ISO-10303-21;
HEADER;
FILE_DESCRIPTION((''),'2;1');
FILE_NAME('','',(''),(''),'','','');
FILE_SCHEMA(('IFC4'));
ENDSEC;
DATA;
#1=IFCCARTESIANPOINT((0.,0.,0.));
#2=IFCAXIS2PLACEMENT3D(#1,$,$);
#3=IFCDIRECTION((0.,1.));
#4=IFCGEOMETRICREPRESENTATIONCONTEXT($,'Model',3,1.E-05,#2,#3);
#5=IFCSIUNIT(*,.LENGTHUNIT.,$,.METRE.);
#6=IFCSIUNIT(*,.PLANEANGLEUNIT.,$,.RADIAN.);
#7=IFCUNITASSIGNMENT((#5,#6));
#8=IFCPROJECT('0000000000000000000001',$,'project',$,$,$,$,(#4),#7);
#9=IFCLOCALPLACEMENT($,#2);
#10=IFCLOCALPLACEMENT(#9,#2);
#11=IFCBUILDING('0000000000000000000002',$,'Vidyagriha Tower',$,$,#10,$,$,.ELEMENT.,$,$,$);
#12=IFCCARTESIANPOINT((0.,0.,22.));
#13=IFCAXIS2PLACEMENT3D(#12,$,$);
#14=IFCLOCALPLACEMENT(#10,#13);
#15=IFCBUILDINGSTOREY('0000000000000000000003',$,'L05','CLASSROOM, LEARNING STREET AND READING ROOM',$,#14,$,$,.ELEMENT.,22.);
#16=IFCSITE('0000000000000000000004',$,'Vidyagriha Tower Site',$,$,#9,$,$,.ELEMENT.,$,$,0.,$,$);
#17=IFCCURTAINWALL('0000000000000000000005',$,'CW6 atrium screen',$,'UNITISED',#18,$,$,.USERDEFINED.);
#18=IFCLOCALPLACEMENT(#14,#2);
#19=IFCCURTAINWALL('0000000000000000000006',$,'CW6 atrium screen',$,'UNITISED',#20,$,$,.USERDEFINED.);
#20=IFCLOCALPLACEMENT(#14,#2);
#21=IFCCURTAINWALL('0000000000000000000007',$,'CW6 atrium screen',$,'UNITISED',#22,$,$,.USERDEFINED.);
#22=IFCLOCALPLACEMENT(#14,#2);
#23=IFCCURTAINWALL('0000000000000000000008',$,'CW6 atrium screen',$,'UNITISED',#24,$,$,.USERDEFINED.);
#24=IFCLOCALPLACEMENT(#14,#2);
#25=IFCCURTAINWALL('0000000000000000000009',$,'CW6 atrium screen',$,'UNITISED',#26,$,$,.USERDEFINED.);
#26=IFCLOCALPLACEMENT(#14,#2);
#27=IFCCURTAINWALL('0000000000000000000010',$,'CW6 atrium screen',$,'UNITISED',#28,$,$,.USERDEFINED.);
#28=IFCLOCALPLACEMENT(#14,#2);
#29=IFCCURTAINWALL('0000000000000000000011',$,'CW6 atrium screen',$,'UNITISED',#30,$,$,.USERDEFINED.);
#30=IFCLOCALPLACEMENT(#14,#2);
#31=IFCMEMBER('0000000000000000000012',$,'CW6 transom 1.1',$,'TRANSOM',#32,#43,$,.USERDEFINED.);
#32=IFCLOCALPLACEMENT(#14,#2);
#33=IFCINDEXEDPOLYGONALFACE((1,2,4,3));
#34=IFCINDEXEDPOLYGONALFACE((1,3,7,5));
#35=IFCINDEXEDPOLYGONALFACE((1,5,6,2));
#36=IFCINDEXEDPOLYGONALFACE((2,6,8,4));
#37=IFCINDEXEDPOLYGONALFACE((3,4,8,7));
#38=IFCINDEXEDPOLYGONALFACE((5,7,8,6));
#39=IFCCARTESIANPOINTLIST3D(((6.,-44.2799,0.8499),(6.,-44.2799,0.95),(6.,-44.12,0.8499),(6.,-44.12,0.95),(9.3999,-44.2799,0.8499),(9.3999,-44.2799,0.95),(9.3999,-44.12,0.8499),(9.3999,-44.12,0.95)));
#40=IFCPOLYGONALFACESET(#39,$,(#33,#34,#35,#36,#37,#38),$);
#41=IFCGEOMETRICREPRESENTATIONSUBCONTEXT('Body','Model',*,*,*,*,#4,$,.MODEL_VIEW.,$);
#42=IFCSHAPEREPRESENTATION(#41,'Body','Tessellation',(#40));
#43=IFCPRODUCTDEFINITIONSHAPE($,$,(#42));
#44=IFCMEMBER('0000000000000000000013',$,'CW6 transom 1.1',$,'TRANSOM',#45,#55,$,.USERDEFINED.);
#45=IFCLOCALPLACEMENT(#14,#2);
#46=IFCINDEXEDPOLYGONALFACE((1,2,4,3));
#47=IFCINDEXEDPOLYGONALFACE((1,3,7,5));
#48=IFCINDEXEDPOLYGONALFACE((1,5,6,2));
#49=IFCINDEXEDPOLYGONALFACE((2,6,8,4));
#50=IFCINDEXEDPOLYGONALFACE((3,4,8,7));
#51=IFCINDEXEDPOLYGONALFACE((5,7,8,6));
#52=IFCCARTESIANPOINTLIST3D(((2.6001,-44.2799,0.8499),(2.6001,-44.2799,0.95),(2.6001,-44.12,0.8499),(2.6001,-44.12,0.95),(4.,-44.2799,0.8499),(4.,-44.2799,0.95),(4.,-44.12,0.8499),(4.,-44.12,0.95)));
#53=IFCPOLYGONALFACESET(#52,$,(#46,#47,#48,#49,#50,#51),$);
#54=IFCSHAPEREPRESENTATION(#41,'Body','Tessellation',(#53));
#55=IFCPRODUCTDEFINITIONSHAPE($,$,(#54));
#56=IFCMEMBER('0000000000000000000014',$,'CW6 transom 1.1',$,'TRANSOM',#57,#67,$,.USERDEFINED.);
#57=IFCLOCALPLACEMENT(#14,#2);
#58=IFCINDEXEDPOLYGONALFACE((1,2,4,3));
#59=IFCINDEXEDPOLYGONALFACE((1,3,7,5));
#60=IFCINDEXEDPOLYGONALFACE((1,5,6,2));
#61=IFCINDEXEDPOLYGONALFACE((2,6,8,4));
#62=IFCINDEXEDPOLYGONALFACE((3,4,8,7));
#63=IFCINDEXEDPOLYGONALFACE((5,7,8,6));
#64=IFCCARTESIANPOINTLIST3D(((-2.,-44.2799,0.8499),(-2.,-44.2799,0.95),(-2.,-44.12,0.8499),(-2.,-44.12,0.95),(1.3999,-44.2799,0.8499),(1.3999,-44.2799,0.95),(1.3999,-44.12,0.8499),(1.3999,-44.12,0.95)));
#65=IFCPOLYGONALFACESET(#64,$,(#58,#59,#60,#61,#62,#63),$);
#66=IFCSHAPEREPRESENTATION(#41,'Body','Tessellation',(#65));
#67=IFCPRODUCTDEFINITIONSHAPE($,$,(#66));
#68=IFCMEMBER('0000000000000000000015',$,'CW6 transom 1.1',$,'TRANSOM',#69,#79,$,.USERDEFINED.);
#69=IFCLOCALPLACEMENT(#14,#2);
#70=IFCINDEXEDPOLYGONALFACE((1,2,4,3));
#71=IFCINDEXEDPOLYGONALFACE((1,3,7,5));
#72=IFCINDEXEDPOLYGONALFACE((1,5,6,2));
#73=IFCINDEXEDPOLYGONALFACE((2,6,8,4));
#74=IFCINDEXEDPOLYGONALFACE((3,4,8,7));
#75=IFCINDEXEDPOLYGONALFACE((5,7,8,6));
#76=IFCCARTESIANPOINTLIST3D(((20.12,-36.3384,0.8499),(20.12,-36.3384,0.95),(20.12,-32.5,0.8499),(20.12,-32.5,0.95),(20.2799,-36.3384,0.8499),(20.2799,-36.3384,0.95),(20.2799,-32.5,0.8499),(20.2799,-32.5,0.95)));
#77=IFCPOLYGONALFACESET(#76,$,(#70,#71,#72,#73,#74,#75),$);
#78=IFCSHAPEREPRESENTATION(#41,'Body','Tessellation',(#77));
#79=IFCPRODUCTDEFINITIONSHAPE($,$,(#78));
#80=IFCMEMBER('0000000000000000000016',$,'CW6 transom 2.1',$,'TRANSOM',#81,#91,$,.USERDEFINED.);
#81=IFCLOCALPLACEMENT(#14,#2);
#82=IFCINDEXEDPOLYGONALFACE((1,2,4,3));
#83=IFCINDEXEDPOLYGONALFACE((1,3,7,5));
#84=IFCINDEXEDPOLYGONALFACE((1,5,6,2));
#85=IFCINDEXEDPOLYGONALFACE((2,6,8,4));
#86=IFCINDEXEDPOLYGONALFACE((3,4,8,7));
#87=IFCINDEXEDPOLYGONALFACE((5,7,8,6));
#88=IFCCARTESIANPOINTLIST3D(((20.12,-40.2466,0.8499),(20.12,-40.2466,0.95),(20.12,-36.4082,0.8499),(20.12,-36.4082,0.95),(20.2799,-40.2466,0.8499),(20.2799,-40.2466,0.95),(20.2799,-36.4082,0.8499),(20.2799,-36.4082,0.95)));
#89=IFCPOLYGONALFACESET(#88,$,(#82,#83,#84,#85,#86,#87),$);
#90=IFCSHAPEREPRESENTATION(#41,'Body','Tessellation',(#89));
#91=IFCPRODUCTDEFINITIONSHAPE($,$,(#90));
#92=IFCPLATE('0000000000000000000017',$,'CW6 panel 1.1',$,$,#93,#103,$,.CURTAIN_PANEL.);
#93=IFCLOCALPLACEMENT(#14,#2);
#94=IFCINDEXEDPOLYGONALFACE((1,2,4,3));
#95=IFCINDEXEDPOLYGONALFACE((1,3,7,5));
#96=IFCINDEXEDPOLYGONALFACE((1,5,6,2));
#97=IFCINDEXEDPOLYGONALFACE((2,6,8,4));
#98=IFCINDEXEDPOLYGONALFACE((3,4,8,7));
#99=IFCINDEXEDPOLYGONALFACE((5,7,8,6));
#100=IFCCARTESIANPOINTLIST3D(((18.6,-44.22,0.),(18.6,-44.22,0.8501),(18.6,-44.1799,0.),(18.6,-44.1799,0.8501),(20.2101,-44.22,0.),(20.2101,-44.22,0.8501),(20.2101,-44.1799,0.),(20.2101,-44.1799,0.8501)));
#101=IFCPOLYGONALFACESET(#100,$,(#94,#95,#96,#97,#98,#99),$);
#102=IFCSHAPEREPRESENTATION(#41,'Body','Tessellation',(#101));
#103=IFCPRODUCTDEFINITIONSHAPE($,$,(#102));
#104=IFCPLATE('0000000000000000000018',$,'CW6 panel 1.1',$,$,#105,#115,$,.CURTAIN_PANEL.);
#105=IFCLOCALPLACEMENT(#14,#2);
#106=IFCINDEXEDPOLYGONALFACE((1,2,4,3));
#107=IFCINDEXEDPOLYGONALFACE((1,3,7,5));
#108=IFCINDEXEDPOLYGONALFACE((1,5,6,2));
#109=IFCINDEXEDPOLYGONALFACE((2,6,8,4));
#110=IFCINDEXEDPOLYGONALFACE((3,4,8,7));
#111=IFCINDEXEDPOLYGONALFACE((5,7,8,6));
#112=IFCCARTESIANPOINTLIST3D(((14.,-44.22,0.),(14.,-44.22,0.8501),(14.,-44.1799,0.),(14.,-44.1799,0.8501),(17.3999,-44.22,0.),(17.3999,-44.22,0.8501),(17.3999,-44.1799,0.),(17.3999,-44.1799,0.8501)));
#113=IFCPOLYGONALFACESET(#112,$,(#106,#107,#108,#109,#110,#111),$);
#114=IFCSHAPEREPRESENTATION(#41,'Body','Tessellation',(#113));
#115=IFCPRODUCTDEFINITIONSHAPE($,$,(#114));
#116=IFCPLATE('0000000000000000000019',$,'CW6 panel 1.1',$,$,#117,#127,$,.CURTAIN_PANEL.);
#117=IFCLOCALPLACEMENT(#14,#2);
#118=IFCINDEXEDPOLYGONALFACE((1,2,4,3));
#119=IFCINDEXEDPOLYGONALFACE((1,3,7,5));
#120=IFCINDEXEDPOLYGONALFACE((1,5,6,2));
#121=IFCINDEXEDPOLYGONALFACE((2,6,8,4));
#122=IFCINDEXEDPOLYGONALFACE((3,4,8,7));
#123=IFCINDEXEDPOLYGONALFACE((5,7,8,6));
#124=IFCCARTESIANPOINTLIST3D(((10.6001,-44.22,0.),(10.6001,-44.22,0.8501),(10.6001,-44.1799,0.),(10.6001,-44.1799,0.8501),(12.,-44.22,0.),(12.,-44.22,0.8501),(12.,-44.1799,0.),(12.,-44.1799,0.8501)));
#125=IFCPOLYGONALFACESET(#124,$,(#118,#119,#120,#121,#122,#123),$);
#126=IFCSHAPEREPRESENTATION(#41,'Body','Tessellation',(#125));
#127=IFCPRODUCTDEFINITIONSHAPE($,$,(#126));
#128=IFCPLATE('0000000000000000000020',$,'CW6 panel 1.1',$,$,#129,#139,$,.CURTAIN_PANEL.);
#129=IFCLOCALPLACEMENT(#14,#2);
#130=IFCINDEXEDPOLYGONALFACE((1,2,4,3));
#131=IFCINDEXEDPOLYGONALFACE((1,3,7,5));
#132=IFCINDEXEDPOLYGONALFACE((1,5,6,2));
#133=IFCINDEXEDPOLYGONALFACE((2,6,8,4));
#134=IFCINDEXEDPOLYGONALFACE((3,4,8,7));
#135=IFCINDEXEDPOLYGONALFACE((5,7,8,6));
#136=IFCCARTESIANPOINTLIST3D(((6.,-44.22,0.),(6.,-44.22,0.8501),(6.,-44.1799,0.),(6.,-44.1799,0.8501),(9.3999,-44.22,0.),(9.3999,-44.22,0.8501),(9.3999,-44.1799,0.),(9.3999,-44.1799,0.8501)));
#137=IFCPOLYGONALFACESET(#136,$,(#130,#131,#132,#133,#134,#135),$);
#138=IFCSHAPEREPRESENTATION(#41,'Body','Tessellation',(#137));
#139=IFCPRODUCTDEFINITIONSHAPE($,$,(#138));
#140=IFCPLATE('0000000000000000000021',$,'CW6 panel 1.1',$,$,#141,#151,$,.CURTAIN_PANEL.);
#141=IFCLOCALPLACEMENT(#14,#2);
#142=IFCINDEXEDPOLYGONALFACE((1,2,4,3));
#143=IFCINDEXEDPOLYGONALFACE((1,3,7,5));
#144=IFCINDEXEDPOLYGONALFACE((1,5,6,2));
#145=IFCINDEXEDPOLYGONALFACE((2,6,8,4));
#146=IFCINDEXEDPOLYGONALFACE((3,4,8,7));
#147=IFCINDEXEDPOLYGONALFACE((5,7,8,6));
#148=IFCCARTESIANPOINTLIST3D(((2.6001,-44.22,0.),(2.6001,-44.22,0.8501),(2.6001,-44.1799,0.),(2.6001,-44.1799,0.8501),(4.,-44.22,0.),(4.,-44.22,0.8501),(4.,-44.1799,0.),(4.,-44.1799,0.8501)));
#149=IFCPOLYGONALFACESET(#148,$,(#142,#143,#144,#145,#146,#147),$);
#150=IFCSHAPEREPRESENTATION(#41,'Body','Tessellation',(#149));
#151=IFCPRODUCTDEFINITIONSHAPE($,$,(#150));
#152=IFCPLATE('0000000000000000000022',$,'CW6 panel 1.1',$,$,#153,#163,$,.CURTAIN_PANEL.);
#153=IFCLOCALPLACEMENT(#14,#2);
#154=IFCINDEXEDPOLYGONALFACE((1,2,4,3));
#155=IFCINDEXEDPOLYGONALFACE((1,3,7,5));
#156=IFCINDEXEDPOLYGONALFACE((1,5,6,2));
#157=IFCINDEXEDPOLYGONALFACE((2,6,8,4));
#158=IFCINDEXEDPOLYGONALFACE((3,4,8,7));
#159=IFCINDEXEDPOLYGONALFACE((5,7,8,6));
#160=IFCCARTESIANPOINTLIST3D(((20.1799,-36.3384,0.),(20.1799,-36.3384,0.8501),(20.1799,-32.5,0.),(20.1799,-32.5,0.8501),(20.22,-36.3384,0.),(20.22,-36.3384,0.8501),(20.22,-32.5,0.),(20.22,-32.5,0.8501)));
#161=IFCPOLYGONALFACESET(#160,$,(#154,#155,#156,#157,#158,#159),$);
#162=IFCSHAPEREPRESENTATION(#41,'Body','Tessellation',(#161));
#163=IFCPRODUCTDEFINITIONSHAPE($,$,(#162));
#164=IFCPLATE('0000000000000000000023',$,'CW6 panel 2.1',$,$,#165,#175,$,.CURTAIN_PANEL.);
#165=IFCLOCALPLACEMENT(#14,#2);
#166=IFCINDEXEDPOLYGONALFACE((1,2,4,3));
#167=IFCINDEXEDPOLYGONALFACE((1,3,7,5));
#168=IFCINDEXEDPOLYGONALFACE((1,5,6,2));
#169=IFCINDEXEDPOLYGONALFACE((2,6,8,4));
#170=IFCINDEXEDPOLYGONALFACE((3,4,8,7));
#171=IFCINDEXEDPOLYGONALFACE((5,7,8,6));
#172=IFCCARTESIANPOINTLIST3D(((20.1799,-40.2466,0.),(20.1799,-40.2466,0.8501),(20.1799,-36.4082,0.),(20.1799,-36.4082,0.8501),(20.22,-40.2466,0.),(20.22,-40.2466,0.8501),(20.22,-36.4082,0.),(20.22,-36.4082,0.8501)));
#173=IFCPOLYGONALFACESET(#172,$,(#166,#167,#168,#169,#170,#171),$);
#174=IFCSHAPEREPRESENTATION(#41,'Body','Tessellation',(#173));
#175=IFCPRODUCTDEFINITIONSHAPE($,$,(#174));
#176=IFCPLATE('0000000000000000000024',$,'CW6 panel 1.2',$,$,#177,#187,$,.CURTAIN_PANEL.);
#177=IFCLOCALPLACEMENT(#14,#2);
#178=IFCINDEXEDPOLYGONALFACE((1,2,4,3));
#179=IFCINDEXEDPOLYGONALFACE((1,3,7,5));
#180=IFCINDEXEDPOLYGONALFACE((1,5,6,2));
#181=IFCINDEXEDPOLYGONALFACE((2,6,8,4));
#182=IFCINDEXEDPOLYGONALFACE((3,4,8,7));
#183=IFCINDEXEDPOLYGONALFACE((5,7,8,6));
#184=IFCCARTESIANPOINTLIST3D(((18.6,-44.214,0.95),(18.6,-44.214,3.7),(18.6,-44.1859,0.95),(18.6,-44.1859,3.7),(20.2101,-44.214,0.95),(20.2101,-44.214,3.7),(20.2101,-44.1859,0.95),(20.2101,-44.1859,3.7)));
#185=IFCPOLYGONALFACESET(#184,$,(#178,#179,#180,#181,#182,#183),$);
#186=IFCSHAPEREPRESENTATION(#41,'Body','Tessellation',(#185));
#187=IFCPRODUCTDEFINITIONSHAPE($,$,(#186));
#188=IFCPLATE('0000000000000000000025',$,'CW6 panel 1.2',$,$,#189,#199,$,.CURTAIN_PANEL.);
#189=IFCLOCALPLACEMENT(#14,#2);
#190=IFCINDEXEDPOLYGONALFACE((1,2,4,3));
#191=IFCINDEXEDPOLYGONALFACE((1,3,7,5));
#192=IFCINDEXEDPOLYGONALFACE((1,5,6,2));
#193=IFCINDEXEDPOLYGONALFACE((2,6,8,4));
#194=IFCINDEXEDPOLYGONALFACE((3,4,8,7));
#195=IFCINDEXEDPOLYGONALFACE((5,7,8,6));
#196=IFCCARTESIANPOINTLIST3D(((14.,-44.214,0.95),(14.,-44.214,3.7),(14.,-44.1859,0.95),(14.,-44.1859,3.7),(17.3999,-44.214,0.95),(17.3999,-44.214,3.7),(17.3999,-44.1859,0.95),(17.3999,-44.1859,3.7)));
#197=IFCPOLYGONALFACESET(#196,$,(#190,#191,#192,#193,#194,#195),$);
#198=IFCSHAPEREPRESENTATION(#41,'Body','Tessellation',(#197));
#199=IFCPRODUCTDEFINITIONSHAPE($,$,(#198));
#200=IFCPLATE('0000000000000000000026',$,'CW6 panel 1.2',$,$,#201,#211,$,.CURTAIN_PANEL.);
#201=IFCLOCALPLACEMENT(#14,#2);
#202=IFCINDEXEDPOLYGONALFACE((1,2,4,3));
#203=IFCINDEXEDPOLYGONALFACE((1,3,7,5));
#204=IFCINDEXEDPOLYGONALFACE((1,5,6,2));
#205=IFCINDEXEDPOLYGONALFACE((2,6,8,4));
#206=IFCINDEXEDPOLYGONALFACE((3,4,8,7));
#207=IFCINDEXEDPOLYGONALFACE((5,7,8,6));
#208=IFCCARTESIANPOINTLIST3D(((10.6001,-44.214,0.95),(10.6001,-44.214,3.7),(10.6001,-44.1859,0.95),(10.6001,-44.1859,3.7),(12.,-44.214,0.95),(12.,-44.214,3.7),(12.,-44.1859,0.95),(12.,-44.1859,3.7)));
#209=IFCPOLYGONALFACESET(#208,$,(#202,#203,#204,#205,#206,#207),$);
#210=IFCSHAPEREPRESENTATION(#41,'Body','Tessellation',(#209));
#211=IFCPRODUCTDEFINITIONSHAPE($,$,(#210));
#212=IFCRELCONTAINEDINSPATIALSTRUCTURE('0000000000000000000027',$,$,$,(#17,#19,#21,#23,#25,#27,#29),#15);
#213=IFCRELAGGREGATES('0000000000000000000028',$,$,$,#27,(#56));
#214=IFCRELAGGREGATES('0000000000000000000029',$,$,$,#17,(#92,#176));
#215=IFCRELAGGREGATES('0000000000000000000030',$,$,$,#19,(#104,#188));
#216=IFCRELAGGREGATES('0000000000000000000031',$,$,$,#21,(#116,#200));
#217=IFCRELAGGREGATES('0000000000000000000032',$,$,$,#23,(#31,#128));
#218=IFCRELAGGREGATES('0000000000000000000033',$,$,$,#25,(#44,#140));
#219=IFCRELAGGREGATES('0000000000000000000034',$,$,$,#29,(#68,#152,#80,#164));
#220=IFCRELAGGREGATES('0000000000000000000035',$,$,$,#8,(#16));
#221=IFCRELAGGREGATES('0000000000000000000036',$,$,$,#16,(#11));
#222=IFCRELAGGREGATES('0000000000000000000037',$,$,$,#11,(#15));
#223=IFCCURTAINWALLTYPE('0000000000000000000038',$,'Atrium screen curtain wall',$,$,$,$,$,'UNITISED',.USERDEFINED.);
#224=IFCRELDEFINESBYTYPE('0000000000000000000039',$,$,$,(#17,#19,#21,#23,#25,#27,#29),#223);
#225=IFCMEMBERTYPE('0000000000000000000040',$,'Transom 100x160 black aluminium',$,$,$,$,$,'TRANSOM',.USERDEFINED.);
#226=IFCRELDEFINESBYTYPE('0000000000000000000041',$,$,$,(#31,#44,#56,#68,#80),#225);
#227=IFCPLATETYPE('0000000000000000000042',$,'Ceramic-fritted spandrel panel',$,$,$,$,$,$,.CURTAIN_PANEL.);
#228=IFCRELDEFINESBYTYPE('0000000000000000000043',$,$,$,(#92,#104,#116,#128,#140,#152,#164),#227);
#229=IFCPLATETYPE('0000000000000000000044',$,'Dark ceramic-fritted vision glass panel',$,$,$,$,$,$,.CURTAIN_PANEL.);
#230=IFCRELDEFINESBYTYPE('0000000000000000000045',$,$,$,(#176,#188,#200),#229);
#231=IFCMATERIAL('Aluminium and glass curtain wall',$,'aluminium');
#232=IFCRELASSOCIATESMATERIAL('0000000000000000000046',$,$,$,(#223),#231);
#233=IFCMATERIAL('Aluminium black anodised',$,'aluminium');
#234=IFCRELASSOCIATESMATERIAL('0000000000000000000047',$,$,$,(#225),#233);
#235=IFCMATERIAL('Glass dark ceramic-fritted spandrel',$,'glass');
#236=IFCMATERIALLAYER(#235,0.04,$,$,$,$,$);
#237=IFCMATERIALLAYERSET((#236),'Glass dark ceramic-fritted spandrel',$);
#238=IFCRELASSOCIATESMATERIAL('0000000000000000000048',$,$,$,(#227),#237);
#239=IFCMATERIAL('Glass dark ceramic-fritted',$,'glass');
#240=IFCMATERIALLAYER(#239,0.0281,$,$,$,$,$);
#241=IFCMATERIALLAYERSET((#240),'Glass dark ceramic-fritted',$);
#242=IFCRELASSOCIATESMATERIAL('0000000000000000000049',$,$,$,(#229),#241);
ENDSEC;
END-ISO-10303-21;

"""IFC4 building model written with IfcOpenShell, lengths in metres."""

from ifc_helpers import new_model, si_unit, direction, frame, origin, origin_2d, place, context, subcontext, project, spatial, rectangle, extrude, material, layer, layer_set, material_profile, profile_set, type_object, element, aggregate, save


model = new_model("IFC4")

# Units and contexts
model_context = context("Model", 3, precision=1e-05, world=origin(), true_north=direction((0.0, 1.0)))
body_context = subcontext(model_context, "Body", "Model", "MODEL_VIEW")
ifc_project = project(units=[si_unit("LENGTHUNIT", "METRE"), si_unit("PLANEANGLEUNIT", "RADIAN")], contexts=[model_context])

# Site, building, storey
site_placement = place(None, origin())
site = spatial("IfcSite", under=ifc_project, at=site_placement, Name="Vidyagriha Tower Site", CompositionType="ELEMENT", RefElevation=0.0)
building_placement = place(site_placement, origin())
building = spatial("IfcBuilding", under=site, at=building_placement, Name="Vidyagriha Tower", CompositionType="ELEMENT")
storey_placement = place(building_placement, frame((0.0, 0.0, 22.0)))
storey = spatial("IfcBuildingStorey", under=building, at=storey_placement, Name="L05", Description="CLASSROOM, LEARNING STREET AND READING ROOM", CompositionType="ELEMENT", Elevation=22.0)

# Curtain walls
ifc_material_1 = material(Name="Aluminium and glass curtain wall", Category="aluminium")
curtain_wall_type = type_object("IfcCurtainWallType", Name="Atrium screen curtain wall", ElementType="UNITISED", PredefinedType="USERDEFINED", material=ifc_material_1)
curtain_wall_1_placement = place(storey_placement, origin())
curtain_wall_1 = element("IfcCurtainWall", 1, at=curtain_wall_1_placement, inside=storey, type_object=curtain_wall_type, Name="CW6 atrium screen", ObjectType="UNITISED", PredefinedType="USERDEFINED")
curtain_wall_2_placement = place(storey_placement, origin())
curtain_wall_2 = element("IfcCurtainWall", 2, at=curtain_wall_2_placement, inside=storey, type_object=curtain_wall_type, Name="CW6 atrium screen", ObjectType="UNITISED", PredefinedType="USERDEFINED")
curtain_wall_3_placement = place(storey_placement, origin())
curtain_wall_3 = element("IfcCurtainWall", 3, at=curtain_wall_3_placement, inside=storey, type_object=curtain_wall_type, Name="CW6 atrium screen", ObjectType="UNITISED", PredefinedType="USERDEFINED")
curtain_wall_4_placement = place(storey_placement, origin())
curtain_wall_4 = element("IfcCurtainWall", 4, at=curtain_wall_4_placement, inside=storey, type_object=curtain_wall_type, Name="CW6 atrium screen", ObjectType="UNITISED", PredefinedType="USERDEFINED")
curtain_wall_5_placement = place(storey_placement, origin())
curtain_wall_5 = element("IfcCurtainWall", 5, at=curtain_wall_5_placement, inside=storey, type_object=curtain_wall_type, Name="CW6 atrium screen", ObjectType="UNITISED", PredefinedType="USERDEFINED")
curtain_wall_6_placement = place(storey_placement, origin())
curtain_wall_6 = element("IfcCurtainWall", 6, at=curtain_wall_6_placement, inside=storey, type_object=curtain_wall_type, Name="CW6 atrium screen", ObjectType="UNITISED", PredefinedType="USERDEFINED")
curtain_wall_7_placement = place(storey_placement, origin())
curtain_wall_7 = element("IfcCurtainWall", 7, at=curtain_wall_7_placement, inside=storey, type_object=curtain_wall_type, Name="CW6 atrium screen", ObjectType="UNITISED", PredefinedType="USERDEFINED")

# Members
ifc_material_2 = material(Name="Aluminium black anodised", Category="aluminium")
ifc_material_profile_1 = material_profile(ifc_material_2, rectangle(XDim=0.1599, YDim=0.1001, at=origin_2d()), Name="Transom 100x160 black aluminium")
ifc_profile_set_1 = profile_set([ifc_material_profile_1], Name="Aluminium black anodised")
member_type_1 = type_object("IfcMemberType", Name="Transom 100x160 black aluminium", ElementType="TRANSOM", PredefinedType="USERDEFINED", material=ifc_profile_set_1)
member_1_placement = place(storey_placement, frame((9.3999, -44.2, 0.8999), z_axis=(-1.0, 0.0, 0.0), x_axis=(0.0, -1.0, 0.0)))
member_1 = element("IfcMember", 8, at=member_1_placement, type_object=member_type_1, Name="CW6 transom 1.1", ObjectType="TRANSOM", PredefinedType="USERDEFINED", context=body_context, shape_type="SweptSolid", body=[
    extrude(rectangle(XDim=0.1599, YDim=0.1001, at=origin_2d()), origin(), (0.0, 0.0, 1.0), 3.3999),
])
member_2_placement = place(storey_placement, frame((4.0, -44.2, 0.8999), z_axis=(-1.0, 0.0, 0.0), x_axis=(0.0, -1.0, 0.0)))
member_2 = element("IfcMember", 9, at=member_2_placement, type_object=member_type_1, Name="CW6 transom 1.1", ObjectType="TRANSOM", PredefinedType="USERDEFINED", context=body_context, shape_type="SweptSolid", body=[
    extrude(rectangle(XDim=0.1599, YDim=0.1001, at=origin_2d()), origin(), (0.0, 0.0, 1.0), 1.3999),
])
member_3_placement = place(storey_placement, frame((1.3999, -44.2, 0.8999), z_axis=(-1.0, 0.0, 0.0), x_axis=(0.0, -1.0, 0.0)))
member_3 = element("IfcMember", 10, at=member_3_placement, type_object=member_type_1, Name="CW6 transom 1.1", ObjectType="TRANSOM", PredefinedType="USERDEFINED", context=body_context, shape_type="SweptSolid", body=[
    extrude(rectangle(XDim=0.1599, YDim=0.1001, at=origin_2d()), origin(), (0.0, 0.0, 1.0), 3.3999),
])
aggregate(curtain_wall_6, [member_3])
member_4_placement = place(storey_placement, frame((20.2, -32.5, 0.8999), z_axis=(0.0, -1.0, 0.0), x_axis=(1.0, 0.0, 0.0)))
member_4 = element("IfcMember", 11, at=member_4_placement, type_object=member_type_1, Name="CW6 transom 1.1", ObjectType="TRANSOM", PredefinedType="USERDEFINED", context=body_context, shape_type="SweptSolid", body=[
    extrude(rectangle(XDim=0.1599, YDim=0.1001, at=origin_2d()), origin(), (0.0, 0.0, 1.0), 3.8384),
])
member_5_placement = place(storey_placement, frame((20.2, -36.4082, 0.8999), z_axis=(0.0, -1.0, 0.0), x_axis=(1.0, 0.0, 0.0)))
member_5 = element("IfcMember", 12, at=member_5_placement, type_object=member_type_1, Name="CW6 transom 2.1", ObjectType="TRANSOM", PredefinedType="USERDEFINED", context=body_context, shape_type="SweptSolid", body=[
    extrude(rectangle(XDim=0.1599, YDim=0.1001, at=origin_2d()), origin(), (0.0, 0.0, 1.0), 3.8384),
])

# Plates
ifc_material_3 = material(Name="Glass dark ceramic-fritted spandrel", Category="glass")
ifc_layer_1 = layer(ifc_material_3, 0.04)
ifc_layer_set_1 = layer_set([ifc_layer_1], Name="Glass dark ceramic-fritted spandrel")
plate_type_1 = type_object("IfcPlateType", Name="Ceramic-fritted spandrel panel", PredefinedType="CURTAIN_PANEL", material=ifc_layer_set_1)
plate_1_placement = place(storey_placement, frame((19.405, -44.2, 0.0), z_axis=(0.0, 0.0, 1.0), x_axis=(-1.0, 0.0, 0.0)))
plate_1 = element("IfcPlate", 13, at=plate_1_placement, type_object=plate_type_1, Name="CW6 panel 1.1", PredefinedType="CURTAIN_PANEL", context=body_context, shape_type="SweptSolid", body=[
    extrude(rectangle(XDim=1.6101, YDim=0.04, at=origin_2d()), origin(), (0.0, 0.0, 1.0), 0.8501),
])
plate_2_placement = place(storey_placement, frame((15.7, -44.2, 0.0), z_axis=(0.0, 0.0, 1.0), x_axis=(-1.0, 0.0, 0.0)))
plate_2 = element("IfcPlate", 14, at=plate_2_placement, type_object=plate_type_1, Name="CW6 panel 1.1", PredefinedType="CURTAIN_PANEL", context=body_context, shape_type="SweptSolid", body=[
    extrude(rectangle(XDim=3.3999, YDim=0.04, at=origin_2d()), origin(), (0.0, 0.0, 1.0), 0.8501),
])
plate_3_placement = place(storey_placement, frame((11.3, -44.2, 0.0), z_axis=(0.0, 0.0, 1.0), x_axis=(-1.0, 0.0, 0.0)))
plate_3 = element("IfcPlate", 15, at=plate_3_placement, type_object=plate_type_1, Name="CW6 panel 1.1", PredefinedType="CURTAIN_PANEL", context=body_context, shape_type="SweptSolid", body=[
    extrude(rectangle(XDim=1.3999, YDim=0.04, at=origin_2d()), origin(), (0.0, 0.0, 1.0), 0.8501),
])
plate_4_placement = place(storey_placement, frame((7.7, -44.2, 0.0), z_axis=(0.0, 0.0, 1.0), x_axis=(-1.0, 0.0, 0.0)))
plate_4 = element("IfcPlate", 16, at=plate_4_placement, type_object=plate_type_1, Name="CW6 panel 1.1", PredefinedType="CURTAIN_PANEL", context=body_context, shape_type="SweptSolid", body=[
    extrude(rectangle(XDim=3.3999, YDim=0.04, at=origin_2d()), origin(), (0.0, 0.0, 1.0), 0.8501),
])
plate_5_placement = place(storey_placement, frame((3.3, -44.2, 0.0), z_axis=(0.0, 0.0, 1.0), x_axis=(-1.0, 0.0, 0.0)))
plate_5 = element("IfcPlate", 17, at=plate_5_placement, type_object=plate_type_1, Name="CW6 panel 1.1", PredefinedType="CURTAIN_PANEL", context=body_context, shape_type="SweptSolid", body=[
    extrude(rectangle(XDim=1.3999, YDim=0.04, at=origin_2d()), origin(), (0.0, 0.0, 1.0), 0.8501),
])
plate_6_placement = place(storey_placement, frame((20.2, -34.4192, 0.0), z_axis=(0.0, 0.0, 1.0), x_axis=(0.0, -1.0, 0.0)))
plate_6 = element("IfcPlate", 18, at=plate_6_placement, type_object=plate_type_1, Name="CW6 panel 1.1", PredefinedType="CURTAIN_PANEL", context=body_context, shape_type="SweptSolid", body=[
    extrude(rectangle(XDim=3.8384, YDim=0.04, at=origin_2d()), origin(), (0.0, 0.0, 1.0), 0.8501),
])
plate_7_placement = place(storey_placement, frame((20.2, -38.3274, 0.0), z_axis=(0.0, 0.0, 1.0), x_axis=(0.0, -1.0, 0.0)))
plate_7 = element("IfcPlate", 19, at=plate_7_placement, type_object=plate_type_1, Name="CW6 panel 2.1", PredefinedType="CURTAIN_PANEL", context=body_context, shape_type="SweptSolid", body=[
    extrude(rectangle(XDim=3.8384, YDim=0.04, at=origin_2d()), origin(), (0.0, 0.0, 1.0), 0.8501),
])
ifc_material_4 = material(Name="Glass dark ceramic-fritted", Category="glass")
ifc_layer_2 = layer(ifc_material_4, 0.0281)
ifc_layer_set_2 = layer_set([ifc_layer_2], Name="Glass dark ceramic-fritted")
plate_type_2 = type_object("IfcPlateType", Name="Dark ceramic-fritted vision glass panel", PredefinedType="CURTAIN_PANEL", material=ifc_layer_set_2)
plate_8_placement = place(storey_placement, frame((19.405, -44.2, 0.95), z_axis=(0.0, 0.0, 1.0), x_axis=(-1.0, 0.0, 0.0)))
plate_8 = element("IfcPlate", 20, at=plate_8_placement, type_object=plate_type_2, Name="CW6 panel 1.2", PredefinedType="CURTAIN_PANEL", context=body_context, shape_type="SweptSolid", body=[
    extrude(rectangle(XDim=1.6101, YDim=0.0281, at=origin_2d()), origin(), (0.0, 0.0, 1.0), 2.75),
])
aggregate(curtain_wall_1, [plate_1, plate_8])
plate_9_placement = place(storey_placement, frame((15.7, -44.2, 0.95), z_axis=(0.0, 0.0, 1.0), x_axis=(-1.0, 0.0, 0.0)))
plate_9 = element("IfcPlate", 21, at=plate_9_placement, type_object=plate_type_2, Name="CW6 panel 1.2", PredefinedType="CURTAIN_PANEL", context=body_context, shape_type="SweptSolid", body=[
    extrude(rectangle(XDim=3.3999, YDim=0.0281, at=origin_2d()), origin(), (0.0, 0.0, 1.0), 2.75),
])
aggregate(curtain_wall_2, [plate_2, plate_9])
plate_10_placement = place(storey_placement, frame((11.3, -44.2, 0.95), z_axis=(0.0, 0.0, 1.0), x_axis=(-1.0, 0.0, 0.0)))
plate_10 = element("IfcPlate", 22, at=plate_10_placement, type_object=plate_type_2, Name="CW6 panel 1.2", PredefinedType="CURTAIN_PANEL", context=body_context, shape_type="SweptSolid", body=[
    extrude(rectangle(XDim=1.3999, YDim=0.0281, at=origin_2d()), origin(), (0.0, 0.0, 1.0), 2.75),
])
aggregate(curtain_wall_3, [plate_3, plate_10])
aggregate(curtain_wall_4, [member_1, plate_4])
aggregate(curtain_wall_5, [member_2, plate_5])
aggregate(curtain_wall_7, [member_4, plate_6, member_5, plate_7])

save(model, "model.ifc")
